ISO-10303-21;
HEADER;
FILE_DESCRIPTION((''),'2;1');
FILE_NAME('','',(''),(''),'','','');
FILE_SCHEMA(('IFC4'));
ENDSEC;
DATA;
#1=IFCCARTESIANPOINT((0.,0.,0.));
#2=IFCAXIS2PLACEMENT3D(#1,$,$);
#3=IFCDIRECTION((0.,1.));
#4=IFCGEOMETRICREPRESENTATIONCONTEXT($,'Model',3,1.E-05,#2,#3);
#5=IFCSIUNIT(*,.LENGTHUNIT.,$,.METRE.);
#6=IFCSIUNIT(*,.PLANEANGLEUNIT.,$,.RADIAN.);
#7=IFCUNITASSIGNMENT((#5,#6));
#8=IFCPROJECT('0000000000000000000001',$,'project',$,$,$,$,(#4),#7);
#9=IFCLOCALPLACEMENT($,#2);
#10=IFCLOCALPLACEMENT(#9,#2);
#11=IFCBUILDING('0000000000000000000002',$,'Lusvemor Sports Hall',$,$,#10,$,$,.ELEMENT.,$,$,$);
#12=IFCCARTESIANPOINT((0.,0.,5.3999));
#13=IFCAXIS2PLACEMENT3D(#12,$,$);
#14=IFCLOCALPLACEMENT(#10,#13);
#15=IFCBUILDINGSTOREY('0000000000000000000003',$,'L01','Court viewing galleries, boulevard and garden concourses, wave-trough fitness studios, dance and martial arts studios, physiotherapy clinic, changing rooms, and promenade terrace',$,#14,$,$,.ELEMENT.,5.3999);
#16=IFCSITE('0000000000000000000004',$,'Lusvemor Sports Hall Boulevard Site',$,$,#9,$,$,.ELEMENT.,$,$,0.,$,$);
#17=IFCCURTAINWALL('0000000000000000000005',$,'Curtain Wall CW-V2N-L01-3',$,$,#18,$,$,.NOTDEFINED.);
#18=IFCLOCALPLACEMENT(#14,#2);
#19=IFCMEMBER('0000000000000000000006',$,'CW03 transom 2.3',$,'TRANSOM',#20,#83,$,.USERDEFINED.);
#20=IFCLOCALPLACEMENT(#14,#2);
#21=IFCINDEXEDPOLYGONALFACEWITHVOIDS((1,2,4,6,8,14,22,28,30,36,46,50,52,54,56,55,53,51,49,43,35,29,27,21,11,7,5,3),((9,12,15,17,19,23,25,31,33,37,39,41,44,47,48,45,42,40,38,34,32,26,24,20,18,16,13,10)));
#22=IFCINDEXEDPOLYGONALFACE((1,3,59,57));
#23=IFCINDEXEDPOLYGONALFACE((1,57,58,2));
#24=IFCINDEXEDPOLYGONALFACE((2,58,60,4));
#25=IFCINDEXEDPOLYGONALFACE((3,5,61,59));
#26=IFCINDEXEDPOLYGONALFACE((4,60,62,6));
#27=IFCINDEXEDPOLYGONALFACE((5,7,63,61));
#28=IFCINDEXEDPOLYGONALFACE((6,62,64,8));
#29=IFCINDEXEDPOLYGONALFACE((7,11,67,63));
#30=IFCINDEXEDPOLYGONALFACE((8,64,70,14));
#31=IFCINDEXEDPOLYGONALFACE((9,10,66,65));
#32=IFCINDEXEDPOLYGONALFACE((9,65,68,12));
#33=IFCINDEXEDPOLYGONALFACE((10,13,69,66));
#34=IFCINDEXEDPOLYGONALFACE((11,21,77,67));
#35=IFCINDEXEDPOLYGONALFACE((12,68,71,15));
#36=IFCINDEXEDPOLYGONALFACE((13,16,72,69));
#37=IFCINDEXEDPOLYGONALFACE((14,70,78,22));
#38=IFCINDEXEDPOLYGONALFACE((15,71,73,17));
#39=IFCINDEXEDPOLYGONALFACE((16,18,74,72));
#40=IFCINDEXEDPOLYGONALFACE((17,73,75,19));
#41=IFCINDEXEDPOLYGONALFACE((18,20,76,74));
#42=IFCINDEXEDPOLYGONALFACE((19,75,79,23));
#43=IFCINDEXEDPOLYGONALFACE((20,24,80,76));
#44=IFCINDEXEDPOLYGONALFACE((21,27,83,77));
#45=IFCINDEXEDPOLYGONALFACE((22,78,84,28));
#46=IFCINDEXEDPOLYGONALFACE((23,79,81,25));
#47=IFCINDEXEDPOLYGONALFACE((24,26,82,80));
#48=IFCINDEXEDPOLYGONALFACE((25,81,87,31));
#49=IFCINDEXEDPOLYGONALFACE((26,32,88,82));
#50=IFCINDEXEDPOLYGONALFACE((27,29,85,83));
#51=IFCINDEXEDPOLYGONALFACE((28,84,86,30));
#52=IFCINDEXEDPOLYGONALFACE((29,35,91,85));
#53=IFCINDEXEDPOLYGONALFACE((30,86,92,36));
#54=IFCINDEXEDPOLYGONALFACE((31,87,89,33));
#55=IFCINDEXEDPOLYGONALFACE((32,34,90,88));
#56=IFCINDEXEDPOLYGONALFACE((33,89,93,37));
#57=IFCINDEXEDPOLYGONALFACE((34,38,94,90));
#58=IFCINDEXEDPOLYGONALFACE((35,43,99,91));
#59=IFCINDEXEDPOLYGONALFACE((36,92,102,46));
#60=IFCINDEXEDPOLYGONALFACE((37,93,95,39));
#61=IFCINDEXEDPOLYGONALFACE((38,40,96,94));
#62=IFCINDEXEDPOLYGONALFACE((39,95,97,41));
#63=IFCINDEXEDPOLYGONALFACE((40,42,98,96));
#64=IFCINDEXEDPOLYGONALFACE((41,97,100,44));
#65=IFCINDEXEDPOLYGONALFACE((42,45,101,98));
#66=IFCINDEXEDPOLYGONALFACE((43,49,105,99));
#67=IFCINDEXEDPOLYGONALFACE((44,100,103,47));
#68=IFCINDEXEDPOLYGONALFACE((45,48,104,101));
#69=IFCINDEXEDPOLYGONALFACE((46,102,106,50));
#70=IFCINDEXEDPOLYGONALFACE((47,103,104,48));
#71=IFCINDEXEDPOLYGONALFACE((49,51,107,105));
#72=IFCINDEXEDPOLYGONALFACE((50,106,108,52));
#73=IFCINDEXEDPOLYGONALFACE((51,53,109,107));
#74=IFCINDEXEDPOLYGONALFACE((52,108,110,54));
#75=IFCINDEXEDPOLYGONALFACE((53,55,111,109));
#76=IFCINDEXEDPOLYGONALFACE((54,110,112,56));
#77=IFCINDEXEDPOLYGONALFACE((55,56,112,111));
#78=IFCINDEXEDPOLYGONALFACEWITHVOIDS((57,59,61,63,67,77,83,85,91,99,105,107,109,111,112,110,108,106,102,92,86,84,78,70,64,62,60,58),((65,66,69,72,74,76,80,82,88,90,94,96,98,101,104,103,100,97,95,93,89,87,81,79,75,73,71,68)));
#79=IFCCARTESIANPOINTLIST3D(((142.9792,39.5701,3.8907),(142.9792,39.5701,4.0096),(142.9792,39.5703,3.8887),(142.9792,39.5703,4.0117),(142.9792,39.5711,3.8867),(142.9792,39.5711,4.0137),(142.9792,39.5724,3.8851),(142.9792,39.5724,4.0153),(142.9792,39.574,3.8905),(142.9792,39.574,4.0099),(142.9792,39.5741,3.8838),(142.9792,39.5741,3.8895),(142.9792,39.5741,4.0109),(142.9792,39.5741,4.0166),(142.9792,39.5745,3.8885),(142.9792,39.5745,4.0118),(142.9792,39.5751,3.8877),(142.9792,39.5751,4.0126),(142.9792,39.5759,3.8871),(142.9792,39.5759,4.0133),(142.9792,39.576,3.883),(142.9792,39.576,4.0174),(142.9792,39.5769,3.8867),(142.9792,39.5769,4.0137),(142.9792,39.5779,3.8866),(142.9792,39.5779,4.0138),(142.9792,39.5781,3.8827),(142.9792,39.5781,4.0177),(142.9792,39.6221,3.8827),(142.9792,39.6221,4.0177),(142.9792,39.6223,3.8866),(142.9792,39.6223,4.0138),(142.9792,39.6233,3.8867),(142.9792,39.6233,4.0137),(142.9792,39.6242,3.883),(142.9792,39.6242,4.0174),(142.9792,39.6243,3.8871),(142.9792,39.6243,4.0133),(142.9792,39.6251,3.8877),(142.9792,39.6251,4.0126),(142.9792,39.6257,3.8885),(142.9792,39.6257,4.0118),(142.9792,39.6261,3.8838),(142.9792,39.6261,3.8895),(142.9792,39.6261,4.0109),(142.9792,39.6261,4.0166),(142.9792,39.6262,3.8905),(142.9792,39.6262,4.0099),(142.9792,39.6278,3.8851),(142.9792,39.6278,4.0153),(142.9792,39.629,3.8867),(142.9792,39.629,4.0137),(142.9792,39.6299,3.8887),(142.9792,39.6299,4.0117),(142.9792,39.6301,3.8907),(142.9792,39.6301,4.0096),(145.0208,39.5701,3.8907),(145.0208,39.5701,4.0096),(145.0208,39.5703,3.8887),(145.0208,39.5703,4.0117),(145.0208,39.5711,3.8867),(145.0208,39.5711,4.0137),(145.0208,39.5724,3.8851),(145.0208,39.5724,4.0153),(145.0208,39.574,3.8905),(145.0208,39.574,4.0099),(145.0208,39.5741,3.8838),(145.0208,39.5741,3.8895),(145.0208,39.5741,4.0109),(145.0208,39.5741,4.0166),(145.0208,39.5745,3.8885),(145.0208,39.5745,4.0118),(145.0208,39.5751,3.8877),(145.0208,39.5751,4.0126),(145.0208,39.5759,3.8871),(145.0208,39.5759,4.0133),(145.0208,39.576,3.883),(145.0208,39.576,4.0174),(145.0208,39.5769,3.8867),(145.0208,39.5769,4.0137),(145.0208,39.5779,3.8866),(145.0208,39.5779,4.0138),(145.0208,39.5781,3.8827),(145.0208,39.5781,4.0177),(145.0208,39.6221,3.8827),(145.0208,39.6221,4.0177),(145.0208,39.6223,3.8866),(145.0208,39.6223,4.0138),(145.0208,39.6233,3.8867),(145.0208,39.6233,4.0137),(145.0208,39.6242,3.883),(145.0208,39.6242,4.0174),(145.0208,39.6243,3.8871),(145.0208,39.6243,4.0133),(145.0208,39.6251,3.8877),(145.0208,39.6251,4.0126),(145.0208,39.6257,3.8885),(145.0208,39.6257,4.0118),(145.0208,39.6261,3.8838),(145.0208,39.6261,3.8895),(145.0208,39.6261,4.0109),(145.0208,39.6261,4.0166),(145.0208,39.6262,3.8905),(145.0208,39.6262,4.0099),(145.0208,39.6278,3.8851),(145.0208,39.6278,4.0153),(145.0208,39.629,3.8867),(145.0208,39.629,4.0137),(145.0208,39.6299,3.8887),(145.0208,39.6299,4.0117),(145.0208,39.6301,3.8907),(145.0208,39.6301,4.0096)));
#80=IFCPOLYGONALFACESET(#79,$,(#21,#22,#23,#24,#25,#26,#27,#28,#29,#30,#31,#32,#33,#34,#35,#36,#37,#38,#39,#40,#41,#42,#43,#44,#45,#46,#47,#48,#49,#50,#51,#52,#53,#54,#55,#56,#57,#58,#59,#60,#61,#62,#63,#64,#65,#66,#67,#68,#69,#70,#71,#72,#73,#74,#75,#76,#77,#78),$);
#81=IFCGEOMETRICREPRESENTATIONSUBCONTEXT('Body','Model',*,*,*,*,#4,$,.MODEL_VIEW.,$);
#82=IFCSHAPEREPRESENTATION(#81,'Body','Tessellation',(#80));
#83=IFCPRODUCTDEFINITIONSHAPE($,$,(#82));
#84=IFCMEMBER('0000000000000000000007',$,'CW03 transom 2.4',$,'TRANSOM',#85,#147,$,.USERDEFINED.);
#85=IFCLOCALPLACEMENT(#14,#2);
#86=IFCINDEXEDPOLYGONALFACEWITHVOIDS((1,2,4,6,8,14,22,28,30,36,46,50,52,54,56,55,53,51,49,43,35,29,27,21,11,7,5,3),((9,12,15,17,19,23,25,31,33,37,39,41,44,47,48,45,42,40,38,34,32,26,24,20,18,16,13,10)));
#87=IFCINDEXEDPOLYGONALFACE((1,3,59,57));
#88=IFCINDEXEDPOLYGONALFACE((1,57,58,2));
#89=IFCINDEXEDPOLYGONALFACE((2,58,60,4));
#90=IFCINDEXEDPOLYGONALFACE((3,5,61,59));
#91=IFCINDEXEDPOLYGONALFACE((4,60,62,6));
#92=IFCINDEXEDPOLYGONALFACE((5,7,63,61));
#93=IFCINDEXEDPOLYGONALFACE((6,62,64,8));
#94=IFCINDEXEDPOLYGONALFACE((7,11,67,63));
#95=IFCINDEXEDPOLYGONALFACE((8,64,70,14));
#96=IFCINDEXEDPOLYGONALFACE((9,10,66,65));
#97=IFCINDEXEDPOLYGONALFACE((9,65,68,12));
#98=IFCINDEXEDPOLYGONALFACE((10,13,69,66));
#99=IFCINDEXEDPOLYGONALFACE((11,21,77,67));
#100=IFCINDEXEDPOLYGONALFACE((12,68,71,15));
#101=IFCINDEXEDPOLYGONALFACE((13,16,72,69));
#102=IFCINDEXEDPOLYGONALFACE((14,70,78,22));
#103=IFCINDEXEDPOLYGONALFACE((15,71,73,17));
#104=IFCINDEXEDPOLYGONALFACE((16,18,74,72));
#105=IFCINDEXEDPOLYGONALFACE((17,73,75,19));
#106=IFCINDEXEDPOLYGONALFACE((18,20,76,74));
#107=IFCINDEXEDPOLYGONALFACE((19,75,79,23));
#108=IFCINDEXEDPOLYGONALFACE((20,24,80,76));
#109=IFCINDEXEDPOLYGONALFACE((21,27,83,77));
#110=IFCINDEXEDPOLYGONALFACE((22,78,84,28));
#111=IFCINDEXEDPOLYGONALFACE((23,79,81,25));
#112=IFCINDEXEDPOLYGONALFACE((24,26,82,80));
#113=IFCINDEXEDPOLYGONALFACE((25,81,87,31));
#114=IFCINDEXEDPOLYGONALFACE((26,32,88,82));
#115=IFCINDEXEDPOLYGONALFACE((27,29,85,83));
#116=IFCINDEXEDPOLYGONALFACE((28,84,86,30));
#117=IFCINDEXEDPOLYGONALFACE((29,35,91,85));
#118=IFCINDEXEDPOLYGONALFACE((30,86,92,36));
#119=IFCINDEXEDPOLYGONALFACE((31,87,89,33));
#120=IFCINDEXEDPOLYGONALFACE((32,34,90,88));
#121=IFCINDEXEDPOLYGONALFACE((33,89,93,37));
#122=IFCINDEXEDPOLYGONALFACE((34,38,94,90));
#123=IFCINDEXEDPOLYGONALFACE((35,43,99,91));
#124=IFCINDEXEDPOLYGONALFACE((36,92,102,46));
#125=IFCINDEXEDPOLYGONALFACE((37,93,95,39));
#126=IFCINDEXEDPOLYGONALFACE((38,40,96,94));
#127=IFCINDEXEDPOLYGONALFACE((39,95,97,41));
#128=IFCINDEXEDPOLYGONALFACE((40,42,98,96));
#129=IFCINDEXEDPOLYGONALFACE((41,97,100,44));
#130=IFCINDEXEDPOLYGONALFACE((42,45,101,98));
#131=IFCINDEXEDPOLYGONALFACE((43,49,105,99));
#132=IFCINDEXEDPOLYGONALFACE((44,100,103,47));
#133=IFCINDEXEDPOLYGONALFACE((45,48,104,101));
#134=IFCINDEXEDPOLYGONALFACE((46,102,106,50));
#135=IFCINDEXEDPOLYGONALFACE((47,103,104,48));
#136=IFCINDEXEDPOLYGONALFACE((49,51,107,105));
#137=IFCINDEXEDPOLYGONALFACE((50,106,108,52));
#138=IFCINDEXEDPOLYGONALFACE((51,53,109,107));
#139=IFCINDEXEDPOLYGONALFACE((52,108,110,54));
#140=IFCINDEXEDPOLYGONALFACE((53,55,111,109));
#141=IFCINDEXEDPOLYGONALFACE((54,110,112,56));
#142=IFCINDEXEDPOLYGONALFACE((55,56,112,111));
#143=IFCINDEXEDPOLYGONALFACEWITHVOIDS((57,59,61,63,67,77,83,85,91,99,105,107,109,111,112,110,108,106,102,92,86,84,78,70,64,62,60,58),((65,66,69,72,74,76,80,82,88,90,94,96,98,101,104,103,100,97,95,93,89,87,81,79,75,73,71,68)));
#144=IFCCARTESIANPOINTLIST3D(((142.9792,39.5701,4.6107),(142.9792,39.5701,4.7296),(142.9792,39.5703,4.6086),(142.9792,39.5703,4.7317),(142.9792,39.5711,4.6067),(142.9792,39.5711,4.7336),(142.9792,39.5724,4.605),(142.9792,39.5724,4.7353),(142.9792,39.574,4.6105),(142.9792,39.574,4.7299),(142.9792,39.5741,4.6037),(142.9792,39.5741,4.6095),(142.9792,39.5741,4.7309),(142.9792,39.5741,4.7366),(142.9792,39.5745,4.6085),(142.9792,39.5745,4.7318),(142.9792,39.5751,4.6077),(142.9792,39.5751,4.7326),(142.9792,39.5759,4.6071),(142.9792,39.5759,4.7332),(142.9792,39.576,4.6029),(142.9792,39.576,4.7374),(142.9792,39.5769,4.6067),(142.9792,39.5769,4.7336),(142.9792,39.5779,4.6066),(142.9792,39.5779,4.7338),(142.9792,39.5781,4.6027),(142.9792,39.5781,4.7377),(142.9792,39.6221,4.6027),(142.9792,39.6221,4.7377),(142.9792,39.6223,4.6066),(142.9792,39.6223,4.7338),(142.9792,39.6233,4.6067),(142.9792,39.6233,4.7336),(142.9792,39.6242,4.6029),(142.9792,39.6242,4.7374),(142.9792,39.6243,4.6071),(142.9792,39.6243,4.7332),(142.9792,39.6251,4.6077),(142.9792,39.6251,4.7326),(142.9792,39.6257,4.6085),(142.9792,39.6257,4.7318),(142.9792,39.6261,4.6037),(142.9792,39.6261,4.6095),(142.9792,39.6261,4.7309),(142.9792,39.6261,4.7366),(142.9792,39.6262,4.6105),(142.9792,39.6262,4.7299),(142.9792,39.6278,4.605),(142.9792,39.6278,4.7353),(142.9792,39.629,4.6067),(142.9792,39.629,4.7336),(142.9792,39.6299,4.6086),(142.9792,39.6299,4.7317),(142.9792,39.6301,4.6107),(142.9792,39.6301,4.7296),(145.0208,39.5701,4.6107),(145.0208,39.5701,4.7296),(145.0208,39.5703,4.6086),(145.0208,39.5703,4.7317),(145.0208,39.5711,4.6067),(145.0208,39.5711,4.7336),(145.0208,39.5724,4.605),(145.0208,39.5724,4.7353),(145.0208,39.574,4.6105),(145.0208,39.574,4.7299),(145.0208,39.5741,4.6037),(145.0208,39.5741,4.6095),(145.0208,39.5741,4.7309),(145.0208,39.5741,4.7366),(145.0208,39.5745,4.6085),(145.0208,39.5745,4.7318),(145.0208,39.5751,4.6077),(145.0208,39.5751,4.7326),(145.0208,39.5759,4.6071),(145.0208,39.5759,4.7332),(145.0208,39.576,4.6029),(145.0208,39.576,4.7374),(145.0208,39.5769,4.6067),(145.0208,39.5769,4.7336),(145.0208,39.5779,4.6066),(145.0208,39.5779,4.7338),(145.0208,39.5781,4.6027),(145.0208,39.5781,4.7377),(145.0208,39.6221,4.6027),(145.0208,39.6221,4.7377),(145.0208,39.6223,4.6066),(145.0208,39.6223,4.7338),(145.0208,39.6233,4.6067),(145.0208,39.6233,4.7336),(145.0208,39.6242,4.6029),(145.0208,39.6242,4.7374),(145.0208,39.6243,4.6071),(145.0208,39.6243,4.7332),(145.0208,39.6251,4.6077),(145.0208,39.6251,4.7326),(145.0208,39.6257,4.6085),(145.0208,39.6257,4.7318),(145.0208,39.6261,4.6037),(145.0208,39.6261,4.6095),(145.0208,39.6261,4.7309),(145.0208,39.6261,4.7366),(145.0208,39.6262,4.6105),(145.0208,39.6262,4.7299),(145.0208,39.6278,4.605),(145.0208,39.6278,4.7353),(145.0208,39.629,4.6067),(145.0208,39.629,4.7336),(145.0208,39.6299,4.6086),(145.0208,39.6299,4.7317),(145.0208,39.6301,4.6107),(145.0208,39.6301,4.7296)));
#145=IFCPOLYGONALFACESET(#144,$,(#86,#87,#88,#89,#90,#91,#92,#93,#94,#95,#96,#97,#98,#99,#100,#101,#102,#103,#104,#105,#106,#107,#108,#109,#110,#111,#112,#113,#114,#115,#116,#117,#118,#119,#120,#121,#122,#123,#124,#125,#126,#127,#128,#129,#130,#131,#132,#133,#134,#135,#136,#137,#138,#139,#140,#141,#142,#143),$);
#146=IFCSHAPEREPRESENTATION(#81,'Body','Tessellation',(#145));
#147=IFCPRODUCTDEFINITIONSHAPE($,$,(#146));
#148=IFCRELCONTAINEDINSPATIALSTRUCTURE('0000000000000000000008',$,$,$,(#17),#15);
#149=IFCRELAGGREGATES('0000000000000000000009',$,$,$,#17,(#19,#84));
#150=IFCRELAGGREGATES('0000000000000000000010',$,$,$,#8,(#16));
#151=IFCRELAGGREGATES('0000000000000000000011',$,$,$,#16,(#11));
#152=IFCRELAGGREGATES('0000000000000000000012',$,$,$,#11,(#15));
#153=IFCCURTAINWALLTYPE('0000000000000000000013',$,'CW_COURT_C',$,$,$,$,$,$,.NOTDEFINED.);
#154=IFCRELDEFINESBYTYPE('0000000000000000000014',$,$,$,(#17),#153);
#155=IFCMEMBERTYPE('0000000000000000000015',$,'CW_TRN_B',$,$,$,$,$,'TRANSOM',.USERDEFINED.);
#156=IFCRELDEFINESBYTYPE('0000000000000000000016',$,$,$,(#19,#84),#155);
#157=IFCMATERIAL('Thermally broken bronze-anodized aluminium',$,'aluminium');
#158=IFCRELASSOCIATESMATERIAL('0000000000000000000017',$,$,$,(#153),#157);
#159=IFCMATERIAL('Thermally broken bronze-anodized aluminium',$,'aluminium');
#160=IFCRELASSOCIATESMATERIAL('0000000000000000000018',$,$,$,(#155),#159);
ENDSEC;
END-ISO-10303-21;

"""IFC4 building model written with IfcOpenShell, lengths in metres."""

from ifc_helpers import new_model, si_unit, direction, frame, origin, origin_2d, place, context, subcontext, project, spatial, hollow_rectangle, extrude, material, material_profile, profile_set, type_object, element, aggregate, save


model = new_model("IFC4")

# Units and contexts
model_context = context("Model", 3, precision=1e-05, world=origin(), true_north=direction((0.0, 1.0)))
body_context = subcontext(model_context, "Body", "Model", "MODEL_VIEW")
ifc_project = project(units=[si_unit("LENGTHUNIT", "METRE"), si_unit("PLANEANGLEUNIT", "RADIAN")], contexts=[model_context])

# Site, building, storey
site_placement = place(None, origin())
site = spatial("IfcSite", under=ifc_project, at=site_placement, Name="Lusvemor Sports Hall Boulevard Site", CompositionType="ELEMENT", RefElevation=0.0)
building_placement = place(site_placement, origin())
building = spatial("IfcBuilding", under=site, at=building_placement, Name="Lusvemor Sports Hall", CompositionType="ELEMENT")
storey_placement = place(building_placement, frame((0.0, 0.0, 5.3999)))
storey = spatial("IfcBuildingStorey", under=building, at=storey_placement, Name="L01", Description="Court viewing galleries, boulevard and garden concourses, wave-trough fitness studios, dance and martial arts studios, physiotherapy clinic, changing rooms, and promenade terrace", CompositionType="ELEMENT", Elevation=5.3999)

# Curtain wall, members
ifc_material_1 = material(Name="Thermally broken bronze-anodized aluminium", Category="aluminium")
curtain_wall_type = type_object("IfcCurtainWallType", Name="CW_COURT_C", PredefinedType="NOTDEFINED", material=ifc_material_1)
curtain_wall_placement = place(storey_placement, origin())
curtain_wall = element("IfcCurtainWall", 1, at=curtain_wall_placement, inside=storey, type_object=curtain_wall_type, Name="Curtain Wall CW-V2N-L01-3", PredefinedType="NOTDEFINED")
ifc_material_2 = material(Name="Thermally broken bronze-anodized aluminium", Category="aluminium")
ifc_material_profile_1 = material_profile(ifc_material_2, hollow_rectangle(XDim=0.0601, YDim=0.135, WallThickness=0.0039, InnerFilletRadius=0.0039, OuterFilletRadius=0.0081, at=origin_2d()), Name="CWTRN135x60x4")
ifc_profile_set_1 = profile_set([ifc_material_profile_1], Name="Thermally broken bronze-anodized aluminium")
member_type_1 = type_object("IfcMemberType", Name="CW_TRN_B", ElementType="TRANSOM", PredefinedType="USERDEFINED", material=ifc_profile_set_1)
member_1_placement = place(storey_placement, frame((142.9792, 39.6001, 3.9502), z_axis=(1.0, 0.0, 0.0), x_axis=(0.0, 1.0, 0.0)))
member_1 = element("IfcMember", 2, at=member_1_placement, type_object=member_type_1, Name="CW03 transom 2.3", ObjectType="TRANSOM", PredefinedType="USERDEFINED", context=body_context, shape_type="SweptSolid", body=[
    extrude(hollow_rectangle(XDim=0.0601, YDim=0.135, WallThickness=0.0039, InnerFilletRadius=0.0039, OuterFilletRadius=0.0081, at=origin_2d()), origin(), (0.0, 0.0, 1.0), 2.0415),
])
member_2_placement = place(storey_placement, frame((142.9792, 39.6001, 4.6702), z_axis=(1.0, 0.0, 0.0), x_axis=(0.0, 1.0, 0.0)))
member_2 = element("IfcMember", 3, at=member_2_placement, type_object=member_type_1, Name="CW03 transom 2.4", ObjectType="TRANSOM", PredefinedType="USERDEFINED", context=body_context, shape_type="SweptSolid", body=[
    extrude(hollow_rectangle(XDim=0.0601, YDim=0.135, WallThickness=0.0039, InnerFilletRadius=0.0039, OuterFilletRadius=0.0081, at=origin_2d()), origin(), (0.0, 0.0, 1.0), 2.0415),
])

aggregate(curtain_wall, [member_1, member_2])

save(model, "model.ifc")
